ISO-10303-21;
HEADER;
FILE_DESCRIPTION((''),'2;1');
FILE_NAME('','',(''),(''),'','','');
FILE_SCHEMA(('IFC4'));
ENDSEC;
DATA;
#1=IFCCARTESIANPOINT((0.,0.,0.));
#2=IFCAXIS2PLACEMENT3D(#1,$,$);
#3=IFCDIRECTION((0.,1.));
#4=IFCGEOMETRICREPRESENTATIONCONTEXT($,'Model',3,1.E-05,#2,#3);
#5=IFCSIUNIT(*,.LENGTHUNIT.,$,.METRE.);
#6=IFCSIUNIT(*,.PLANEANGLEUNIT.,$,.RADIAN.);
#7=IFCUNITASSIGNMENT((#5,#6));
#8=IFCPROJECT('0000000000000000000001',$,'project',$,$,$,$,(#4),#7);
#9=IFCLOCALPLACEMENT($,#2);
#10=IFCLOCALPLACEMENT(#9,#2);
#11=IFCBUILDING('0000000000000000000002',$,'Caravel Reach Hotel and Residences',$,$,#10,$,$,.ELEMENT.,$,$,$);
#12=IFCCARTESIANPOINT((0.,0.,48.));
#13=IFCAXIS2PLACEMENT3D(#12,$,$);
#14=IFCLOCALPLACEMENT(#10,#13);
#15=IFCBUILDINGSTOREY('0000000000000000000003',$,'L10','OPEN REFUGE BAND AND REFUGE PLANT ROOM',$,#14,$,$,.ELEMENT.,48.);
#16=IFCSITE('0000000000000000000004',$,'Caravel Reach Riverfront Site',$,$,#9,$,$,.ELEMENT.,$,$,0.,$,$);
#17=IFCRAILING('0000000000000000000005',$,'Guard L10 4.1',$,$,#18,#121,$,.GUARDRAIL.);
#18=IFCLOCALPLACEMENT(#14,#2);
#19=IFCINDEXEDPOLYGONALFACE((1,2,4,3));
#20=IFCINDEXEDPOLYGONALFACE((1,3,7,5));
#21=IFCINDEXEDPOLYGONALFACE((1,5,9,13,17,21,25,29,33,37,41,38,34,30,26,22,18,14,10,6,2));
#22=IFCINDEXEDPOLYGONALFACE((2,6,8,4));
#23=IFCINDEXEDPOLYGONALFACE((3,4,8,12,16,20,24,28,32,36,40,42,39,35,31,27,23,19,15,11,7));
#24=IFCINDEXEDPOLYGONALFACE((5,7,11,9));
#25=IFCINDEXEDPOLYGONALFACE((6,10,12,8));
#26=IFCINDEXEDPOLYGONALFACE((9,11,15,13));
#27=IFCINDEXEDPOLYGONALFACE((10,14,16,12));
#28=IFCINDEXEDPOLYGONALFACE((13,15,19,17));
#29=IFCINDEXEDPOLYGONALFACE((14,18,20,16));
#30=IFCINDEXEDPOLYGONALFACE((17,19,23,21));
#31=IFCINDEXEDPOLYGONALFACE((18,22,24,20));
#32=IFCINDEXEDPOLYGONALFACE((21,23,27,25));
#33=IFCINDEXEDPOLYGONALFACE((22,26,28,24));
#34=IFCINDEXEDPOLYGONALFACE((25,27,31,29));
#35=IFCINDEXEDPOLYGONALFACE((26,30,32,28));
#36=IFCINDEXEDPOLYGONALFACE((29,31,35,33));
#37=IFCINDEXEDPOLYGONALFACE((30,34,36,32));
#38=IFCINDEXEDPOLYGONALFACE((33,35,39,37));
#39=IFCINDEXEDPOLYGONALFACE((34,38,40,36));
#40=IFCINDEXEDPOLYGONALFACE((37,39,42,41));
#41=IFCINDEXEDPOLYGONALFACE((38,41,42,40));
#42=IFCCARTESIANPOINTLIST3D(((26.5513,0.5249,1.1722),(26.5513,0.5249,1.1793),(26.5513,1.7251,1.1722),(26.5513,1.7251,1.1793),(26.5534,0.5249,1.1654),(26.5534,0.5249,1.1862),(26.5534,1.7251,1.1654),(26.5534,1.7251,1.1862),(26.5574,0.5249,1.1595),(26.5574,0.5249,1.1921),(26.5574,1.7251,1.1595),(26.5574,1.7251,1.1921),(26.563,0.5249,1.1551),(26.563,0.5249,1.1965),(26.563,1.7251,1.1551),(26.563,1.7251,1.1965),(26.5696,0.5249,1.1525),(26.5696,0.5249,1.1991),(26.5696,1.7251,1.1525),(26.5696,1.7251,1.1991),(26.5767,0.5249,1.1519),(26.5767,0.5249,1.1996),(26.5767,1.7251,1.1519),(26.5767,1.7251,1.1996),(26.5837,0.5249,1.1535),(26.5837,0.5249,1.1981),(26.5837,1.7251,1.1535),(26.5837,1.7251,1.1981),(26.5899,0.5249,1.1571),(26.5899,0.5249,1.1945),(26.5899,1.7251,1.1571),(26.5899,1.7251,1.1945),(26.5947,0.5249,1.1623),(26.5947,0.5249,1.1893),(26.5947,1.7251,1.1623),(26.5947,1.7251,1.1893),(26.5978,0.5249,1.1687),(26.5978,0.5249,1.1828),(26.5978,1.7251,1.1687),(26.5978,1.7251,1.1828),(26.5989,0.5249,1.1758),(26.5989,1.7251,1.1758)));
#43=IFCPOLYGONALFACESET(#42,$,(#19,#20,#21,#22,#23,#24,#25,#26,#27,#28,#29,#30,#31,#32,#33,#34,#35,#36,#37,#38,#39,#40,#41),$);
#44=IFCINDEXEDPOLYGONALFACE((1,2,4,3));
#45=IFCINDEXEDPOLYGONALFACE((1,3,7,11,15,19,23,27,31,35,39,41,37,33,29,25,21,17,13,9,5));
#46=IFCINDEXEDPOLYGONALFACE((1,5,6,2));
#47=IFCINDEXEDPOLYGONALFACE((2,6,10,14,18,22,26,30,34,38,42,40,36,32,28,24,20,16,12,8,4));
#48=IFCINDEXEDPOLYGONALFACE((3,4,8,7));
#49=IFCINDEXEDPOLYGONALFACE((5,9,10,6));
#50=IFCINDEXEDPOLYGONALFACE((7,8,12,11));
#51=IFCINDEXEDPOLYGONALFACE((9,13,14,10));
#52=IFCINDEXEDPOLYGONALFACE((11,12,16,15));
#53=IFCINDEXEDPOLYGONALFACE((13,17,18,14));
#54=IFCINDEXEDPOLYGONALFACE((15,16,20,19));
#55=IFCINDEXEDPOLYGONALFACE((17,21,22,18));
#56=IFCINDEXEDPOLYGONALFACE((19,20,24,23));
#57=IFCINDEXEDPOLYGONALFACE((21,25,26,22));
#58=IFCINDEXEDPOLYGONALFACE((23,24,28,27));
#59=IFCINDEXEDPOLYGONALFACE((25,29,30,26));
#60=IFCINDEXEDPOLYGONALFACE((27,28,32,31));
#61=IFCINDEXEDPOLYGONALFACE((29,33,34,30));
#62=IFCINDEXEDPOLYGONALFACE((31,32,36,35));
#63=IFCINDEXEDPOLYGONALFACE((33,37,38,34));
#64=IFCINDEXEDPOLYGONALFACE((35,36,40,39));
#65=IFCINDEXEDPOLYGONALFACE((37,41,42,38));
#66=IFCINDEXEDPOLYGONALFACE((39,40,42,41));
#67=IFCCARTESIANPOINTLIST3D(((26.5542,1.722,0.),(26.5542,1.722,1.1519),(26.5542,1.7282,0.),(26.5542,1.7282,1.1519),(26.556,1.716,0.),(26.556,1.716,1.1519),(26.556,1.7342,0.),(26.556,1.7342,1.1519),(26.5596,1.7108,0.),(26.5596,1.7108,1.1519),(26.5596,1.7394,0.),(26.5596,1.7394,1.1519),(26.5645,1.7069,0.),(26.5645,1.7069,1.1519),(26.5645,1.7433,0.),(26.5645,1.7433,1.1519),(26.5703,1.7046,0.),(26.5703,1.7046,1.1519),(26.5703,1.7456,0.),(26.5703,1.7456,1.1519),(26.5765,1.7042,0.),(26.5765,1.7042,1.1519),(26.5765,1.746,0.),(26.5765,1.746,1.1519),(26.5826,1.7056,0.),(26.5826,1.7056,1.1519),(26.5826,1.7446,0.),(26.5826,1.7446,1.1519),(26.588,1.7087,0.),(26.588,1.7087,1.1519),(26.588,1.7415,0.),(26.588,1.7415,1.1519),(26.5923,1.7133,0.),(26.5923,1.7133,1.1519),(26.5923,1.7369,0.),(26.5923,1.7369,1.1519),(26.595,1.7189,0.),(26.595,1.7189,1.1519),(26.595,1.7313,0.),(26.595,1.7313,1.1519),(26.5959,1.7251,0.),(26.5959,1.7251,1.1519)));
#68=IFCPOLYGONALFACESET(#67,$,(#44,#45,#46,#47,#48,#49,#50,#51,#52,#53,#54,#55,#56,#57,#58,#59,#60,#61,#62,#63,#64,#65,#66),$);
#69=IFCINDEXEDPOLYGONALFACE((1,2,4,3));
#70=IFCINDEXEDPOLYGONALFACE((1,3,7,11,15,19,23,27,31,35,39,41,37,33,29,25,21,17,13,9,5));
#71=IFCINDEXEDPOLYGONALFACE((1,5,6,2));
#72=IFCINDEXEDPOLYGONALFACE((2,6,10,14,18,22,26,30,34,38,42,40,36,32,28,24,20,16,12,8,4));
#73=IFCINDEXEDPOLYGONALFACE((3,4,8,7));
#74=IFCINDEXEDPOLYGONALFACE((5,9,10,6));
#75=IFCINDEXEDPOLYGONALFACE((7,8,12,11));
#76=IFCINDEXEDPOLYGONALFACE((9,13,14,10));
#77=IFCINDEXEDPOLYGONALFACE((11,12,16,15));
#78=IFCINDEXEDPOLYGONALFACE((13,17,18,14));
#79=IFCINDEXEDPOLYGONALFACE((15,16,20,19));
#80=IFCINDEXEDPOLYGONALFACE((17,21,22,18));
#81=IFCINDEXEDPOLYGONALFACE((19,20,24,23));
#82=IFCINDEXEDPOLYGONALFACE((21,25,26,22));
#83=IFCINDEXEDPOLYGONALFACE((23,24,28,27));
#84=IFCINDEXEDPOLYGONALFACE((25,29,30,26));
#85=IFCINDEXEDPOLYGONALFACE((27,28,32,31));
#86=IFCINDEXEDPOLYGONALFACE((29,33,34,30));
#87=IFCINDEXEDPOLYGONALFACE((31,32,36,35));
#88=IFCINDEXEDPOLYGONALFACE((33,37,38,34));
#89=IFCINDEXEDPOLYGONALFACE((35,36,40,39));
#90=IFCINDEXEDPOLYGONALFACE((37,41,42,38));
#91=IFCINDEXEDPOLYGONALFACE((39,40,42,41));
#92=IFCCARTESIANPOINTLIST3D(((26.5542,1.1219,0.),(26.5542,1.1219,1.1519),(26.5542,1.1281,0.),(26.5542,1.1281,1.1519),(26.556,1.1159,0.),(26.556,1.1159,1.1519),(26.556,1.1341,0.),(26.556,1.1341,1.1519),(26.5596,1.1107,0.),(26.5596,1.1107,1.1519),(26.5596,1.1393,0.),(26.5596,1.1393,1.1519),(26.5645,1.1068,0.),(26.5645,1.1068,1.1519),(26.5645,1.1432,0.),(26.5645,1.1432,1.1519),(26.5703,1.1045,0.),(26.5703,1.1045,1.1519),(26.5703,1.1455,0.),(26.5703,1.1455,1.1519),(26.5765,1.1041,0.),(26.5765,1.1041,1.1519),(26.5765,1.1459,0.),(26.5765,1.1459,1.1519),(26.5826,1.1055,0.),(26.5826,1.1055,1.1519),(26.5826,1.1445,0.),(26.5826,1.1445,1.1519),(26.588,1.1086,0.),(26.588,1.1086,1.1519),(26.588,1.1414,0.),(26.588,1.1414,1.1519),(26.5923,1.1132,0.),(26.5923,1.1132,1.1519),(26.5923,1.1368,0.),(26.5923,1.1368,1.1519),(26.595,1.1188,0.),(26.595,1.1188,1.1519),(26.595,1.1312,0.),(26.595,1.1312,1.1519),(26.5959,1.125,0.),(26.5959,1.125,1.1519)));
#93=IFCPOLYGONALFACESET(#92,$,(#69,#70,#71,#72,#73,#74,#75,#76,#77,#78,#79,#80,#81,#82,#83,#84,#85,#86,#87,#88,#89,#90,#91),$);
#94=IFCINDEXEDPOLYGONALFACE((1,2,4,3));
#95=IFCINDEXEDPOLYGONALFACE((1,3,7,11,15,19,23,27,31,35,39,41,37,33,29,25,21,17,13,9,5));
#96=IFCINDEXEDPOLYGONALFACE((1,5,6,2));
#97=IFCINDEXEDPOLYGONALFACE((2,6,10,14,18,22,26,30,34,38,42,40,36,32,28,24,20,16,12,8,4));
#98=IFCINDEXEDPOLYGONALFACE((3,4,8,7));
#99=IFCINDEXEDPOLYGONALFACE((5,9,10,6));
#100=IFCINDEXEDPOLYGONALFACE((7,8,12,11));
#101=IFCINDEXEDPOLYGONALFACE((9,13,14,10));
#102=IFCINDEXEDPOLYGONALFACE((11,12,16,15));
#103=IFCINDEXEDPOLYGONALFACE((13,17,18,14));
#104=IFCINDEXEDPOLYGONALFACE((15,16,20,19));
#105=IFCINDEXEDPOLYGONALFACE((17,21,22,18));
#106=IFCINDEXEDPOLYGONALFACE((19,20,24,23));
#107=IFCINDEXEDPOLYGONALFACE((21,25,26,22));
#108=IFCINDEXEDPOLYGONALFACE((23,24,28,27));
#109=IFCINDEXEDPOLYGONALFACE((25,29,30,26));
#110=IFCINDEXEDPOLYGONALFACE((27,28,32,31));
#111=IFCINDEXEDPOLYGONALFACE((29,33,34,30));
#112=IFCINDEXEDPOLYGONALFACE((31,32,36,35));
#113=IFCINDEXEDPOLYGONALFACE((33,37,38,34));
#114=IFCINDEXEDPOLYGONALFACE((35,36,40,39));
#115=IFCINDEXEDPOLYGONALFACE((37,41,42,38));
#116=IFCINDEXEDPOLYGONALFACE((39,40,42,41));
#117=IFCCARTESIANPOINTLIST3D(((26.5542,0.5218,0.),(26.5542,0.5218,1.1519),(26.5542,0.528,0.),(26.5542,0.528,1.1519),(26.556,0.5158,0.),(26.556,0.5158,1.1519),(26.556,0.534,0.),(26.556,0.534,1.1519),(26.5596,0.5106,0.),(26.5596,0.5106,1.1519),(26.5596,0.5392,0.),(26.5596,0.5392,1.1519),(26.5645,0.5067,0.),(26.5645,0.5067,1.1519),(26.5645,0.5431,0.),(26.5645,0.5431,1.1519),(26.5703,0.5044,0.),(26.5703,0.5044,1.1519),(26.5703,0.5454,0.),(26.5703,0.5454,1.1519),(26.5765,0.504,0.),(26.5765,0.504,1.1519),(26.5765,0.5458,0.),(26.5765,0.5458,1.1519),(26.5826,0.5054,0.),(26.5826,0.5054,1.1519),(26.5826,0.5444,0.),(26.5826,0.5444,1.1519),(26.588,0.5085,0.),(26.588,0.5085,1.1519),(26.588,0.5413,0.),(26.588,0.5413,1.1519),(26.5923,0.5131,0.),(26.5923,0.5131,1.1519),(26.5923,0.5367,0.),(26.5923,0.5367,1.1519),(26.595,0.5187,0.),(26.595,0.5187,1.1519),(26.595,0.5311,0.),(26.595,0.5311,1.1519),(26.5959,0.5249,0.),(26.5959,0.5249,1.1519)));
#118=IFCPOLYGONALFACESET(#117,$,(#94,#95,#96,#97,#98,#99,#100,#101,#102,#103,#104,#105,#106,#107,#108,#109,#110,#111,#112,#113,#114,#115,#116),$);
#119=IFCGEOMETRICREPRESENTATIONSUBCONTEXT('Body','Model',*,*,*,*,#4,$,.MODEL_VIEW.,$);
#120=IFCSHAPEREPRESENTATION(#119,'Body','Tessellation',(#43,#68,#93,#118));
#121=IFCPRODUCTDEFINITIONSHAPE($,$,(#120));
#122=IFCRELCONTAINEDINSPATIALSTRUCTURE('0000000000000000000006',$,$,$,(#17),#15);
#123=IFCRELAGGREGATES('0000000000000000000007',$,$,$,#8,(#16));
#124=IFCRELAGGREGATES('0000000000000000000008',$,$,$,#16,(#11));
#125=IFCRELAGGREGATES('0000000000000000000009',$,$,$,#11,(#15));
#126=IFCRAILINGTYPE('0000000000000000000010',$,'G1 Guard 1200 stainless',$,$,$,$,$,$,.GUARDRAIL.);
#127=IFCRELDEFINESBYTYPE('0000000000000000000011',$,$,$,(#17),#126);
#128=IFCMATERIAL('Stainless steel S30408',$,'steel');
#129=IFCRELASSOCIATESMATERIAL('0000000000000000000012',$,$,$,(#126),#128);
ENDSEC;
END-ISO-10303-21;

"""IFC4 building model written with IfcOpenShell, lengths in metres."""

from ifc_helpers import new_model, si_unit, direction, frame, origin, origin_2d, place, context, subcontext, project, spatial, circle, extrude, material, type_object, element, save


model = new_model("IFC4")

# Units and contexts
model_context = context("Model", 3, precision=1e-05, world=origin(), true_north=direction((0.0, 1.0)))
body_context = subcontext(model_context, "Body", "Model", "MODEL_VIEW")
ifc_project = project(units=[si_unit("LENGTHUNIT", "METRE"), si_unit("PLANEANGLEUNIT", "RADIAN")], contexts=[model_context])

# Site, building, storey
site_placement = place(None, origin())
site = spatial("IfcSite", under=ifc_project, at=site_placement, Name="Caravel Reach Riverfront Site", CompositionType="ELEMENT", RefElevation=0.0)
building_placement = place(site_placement, origin())
building = spatial("IfcBuilding", under=site, at=building_placement, Name="Caravel Reach Hotel and Residences", CompositionType="ELEMENT")
storey_placement = place(building_placement, frame((0.0, 0.0, 48.0)))
storey = spatial("IfcBuildingStorey", under=building, at=storey_placement, Name="L10", Description="OPEN REFUGE BAND AND REFUGE PLANT ROOM", CompositionType="ELEMENT", Elevation=48.0)

# Railing
ifc_material_1 = material(Name="Stainless steel S30408", Category="steel")
railing_type = type_object("IfcRailingType", Name="G1 Guard 1200 stainless", PredefinedType="GUARDRAIL", material=ifc_material_1)
railing_1_placement = place(storey_placement, frame((26.575, 1.7251, 0.0)))
element("IfcRailing", 1, at=railing_1_placement, inside=storey, type_object=railing_type, Name="Guard L10 4.1", PredefinedType="GUARDRAIL", context=body_context, shape_type="SweptSolid", body=[
    extrude(circle(Radius=0.0239, at=origin_2d()), frame((0.0, 0.0, 1.1758), z_axis=(0.0, -1.0, 0.0), x_axis=(1.0, 0.0, 0.0)), (0.0, 0.0, 1.0), 1.2002),
    extrude(circle(Radius=0.021, at=origin_2d()), origin(), (0.0, 0.0, 1.0), 1.1519),
    extrude(circle(Radius=0.021, at=origin_2d()), frame((0.0, -0.6001, 0.0)), (0.0, 0.0, 1.0), 1.1519),
    extrude(circle(Radius=0.021, at=origin_2d()), frame((0.0, -1.2002, 0.0)), (0.0, 0.0, 1.0), 1.1519),
])

save(model, "model.ifc")
